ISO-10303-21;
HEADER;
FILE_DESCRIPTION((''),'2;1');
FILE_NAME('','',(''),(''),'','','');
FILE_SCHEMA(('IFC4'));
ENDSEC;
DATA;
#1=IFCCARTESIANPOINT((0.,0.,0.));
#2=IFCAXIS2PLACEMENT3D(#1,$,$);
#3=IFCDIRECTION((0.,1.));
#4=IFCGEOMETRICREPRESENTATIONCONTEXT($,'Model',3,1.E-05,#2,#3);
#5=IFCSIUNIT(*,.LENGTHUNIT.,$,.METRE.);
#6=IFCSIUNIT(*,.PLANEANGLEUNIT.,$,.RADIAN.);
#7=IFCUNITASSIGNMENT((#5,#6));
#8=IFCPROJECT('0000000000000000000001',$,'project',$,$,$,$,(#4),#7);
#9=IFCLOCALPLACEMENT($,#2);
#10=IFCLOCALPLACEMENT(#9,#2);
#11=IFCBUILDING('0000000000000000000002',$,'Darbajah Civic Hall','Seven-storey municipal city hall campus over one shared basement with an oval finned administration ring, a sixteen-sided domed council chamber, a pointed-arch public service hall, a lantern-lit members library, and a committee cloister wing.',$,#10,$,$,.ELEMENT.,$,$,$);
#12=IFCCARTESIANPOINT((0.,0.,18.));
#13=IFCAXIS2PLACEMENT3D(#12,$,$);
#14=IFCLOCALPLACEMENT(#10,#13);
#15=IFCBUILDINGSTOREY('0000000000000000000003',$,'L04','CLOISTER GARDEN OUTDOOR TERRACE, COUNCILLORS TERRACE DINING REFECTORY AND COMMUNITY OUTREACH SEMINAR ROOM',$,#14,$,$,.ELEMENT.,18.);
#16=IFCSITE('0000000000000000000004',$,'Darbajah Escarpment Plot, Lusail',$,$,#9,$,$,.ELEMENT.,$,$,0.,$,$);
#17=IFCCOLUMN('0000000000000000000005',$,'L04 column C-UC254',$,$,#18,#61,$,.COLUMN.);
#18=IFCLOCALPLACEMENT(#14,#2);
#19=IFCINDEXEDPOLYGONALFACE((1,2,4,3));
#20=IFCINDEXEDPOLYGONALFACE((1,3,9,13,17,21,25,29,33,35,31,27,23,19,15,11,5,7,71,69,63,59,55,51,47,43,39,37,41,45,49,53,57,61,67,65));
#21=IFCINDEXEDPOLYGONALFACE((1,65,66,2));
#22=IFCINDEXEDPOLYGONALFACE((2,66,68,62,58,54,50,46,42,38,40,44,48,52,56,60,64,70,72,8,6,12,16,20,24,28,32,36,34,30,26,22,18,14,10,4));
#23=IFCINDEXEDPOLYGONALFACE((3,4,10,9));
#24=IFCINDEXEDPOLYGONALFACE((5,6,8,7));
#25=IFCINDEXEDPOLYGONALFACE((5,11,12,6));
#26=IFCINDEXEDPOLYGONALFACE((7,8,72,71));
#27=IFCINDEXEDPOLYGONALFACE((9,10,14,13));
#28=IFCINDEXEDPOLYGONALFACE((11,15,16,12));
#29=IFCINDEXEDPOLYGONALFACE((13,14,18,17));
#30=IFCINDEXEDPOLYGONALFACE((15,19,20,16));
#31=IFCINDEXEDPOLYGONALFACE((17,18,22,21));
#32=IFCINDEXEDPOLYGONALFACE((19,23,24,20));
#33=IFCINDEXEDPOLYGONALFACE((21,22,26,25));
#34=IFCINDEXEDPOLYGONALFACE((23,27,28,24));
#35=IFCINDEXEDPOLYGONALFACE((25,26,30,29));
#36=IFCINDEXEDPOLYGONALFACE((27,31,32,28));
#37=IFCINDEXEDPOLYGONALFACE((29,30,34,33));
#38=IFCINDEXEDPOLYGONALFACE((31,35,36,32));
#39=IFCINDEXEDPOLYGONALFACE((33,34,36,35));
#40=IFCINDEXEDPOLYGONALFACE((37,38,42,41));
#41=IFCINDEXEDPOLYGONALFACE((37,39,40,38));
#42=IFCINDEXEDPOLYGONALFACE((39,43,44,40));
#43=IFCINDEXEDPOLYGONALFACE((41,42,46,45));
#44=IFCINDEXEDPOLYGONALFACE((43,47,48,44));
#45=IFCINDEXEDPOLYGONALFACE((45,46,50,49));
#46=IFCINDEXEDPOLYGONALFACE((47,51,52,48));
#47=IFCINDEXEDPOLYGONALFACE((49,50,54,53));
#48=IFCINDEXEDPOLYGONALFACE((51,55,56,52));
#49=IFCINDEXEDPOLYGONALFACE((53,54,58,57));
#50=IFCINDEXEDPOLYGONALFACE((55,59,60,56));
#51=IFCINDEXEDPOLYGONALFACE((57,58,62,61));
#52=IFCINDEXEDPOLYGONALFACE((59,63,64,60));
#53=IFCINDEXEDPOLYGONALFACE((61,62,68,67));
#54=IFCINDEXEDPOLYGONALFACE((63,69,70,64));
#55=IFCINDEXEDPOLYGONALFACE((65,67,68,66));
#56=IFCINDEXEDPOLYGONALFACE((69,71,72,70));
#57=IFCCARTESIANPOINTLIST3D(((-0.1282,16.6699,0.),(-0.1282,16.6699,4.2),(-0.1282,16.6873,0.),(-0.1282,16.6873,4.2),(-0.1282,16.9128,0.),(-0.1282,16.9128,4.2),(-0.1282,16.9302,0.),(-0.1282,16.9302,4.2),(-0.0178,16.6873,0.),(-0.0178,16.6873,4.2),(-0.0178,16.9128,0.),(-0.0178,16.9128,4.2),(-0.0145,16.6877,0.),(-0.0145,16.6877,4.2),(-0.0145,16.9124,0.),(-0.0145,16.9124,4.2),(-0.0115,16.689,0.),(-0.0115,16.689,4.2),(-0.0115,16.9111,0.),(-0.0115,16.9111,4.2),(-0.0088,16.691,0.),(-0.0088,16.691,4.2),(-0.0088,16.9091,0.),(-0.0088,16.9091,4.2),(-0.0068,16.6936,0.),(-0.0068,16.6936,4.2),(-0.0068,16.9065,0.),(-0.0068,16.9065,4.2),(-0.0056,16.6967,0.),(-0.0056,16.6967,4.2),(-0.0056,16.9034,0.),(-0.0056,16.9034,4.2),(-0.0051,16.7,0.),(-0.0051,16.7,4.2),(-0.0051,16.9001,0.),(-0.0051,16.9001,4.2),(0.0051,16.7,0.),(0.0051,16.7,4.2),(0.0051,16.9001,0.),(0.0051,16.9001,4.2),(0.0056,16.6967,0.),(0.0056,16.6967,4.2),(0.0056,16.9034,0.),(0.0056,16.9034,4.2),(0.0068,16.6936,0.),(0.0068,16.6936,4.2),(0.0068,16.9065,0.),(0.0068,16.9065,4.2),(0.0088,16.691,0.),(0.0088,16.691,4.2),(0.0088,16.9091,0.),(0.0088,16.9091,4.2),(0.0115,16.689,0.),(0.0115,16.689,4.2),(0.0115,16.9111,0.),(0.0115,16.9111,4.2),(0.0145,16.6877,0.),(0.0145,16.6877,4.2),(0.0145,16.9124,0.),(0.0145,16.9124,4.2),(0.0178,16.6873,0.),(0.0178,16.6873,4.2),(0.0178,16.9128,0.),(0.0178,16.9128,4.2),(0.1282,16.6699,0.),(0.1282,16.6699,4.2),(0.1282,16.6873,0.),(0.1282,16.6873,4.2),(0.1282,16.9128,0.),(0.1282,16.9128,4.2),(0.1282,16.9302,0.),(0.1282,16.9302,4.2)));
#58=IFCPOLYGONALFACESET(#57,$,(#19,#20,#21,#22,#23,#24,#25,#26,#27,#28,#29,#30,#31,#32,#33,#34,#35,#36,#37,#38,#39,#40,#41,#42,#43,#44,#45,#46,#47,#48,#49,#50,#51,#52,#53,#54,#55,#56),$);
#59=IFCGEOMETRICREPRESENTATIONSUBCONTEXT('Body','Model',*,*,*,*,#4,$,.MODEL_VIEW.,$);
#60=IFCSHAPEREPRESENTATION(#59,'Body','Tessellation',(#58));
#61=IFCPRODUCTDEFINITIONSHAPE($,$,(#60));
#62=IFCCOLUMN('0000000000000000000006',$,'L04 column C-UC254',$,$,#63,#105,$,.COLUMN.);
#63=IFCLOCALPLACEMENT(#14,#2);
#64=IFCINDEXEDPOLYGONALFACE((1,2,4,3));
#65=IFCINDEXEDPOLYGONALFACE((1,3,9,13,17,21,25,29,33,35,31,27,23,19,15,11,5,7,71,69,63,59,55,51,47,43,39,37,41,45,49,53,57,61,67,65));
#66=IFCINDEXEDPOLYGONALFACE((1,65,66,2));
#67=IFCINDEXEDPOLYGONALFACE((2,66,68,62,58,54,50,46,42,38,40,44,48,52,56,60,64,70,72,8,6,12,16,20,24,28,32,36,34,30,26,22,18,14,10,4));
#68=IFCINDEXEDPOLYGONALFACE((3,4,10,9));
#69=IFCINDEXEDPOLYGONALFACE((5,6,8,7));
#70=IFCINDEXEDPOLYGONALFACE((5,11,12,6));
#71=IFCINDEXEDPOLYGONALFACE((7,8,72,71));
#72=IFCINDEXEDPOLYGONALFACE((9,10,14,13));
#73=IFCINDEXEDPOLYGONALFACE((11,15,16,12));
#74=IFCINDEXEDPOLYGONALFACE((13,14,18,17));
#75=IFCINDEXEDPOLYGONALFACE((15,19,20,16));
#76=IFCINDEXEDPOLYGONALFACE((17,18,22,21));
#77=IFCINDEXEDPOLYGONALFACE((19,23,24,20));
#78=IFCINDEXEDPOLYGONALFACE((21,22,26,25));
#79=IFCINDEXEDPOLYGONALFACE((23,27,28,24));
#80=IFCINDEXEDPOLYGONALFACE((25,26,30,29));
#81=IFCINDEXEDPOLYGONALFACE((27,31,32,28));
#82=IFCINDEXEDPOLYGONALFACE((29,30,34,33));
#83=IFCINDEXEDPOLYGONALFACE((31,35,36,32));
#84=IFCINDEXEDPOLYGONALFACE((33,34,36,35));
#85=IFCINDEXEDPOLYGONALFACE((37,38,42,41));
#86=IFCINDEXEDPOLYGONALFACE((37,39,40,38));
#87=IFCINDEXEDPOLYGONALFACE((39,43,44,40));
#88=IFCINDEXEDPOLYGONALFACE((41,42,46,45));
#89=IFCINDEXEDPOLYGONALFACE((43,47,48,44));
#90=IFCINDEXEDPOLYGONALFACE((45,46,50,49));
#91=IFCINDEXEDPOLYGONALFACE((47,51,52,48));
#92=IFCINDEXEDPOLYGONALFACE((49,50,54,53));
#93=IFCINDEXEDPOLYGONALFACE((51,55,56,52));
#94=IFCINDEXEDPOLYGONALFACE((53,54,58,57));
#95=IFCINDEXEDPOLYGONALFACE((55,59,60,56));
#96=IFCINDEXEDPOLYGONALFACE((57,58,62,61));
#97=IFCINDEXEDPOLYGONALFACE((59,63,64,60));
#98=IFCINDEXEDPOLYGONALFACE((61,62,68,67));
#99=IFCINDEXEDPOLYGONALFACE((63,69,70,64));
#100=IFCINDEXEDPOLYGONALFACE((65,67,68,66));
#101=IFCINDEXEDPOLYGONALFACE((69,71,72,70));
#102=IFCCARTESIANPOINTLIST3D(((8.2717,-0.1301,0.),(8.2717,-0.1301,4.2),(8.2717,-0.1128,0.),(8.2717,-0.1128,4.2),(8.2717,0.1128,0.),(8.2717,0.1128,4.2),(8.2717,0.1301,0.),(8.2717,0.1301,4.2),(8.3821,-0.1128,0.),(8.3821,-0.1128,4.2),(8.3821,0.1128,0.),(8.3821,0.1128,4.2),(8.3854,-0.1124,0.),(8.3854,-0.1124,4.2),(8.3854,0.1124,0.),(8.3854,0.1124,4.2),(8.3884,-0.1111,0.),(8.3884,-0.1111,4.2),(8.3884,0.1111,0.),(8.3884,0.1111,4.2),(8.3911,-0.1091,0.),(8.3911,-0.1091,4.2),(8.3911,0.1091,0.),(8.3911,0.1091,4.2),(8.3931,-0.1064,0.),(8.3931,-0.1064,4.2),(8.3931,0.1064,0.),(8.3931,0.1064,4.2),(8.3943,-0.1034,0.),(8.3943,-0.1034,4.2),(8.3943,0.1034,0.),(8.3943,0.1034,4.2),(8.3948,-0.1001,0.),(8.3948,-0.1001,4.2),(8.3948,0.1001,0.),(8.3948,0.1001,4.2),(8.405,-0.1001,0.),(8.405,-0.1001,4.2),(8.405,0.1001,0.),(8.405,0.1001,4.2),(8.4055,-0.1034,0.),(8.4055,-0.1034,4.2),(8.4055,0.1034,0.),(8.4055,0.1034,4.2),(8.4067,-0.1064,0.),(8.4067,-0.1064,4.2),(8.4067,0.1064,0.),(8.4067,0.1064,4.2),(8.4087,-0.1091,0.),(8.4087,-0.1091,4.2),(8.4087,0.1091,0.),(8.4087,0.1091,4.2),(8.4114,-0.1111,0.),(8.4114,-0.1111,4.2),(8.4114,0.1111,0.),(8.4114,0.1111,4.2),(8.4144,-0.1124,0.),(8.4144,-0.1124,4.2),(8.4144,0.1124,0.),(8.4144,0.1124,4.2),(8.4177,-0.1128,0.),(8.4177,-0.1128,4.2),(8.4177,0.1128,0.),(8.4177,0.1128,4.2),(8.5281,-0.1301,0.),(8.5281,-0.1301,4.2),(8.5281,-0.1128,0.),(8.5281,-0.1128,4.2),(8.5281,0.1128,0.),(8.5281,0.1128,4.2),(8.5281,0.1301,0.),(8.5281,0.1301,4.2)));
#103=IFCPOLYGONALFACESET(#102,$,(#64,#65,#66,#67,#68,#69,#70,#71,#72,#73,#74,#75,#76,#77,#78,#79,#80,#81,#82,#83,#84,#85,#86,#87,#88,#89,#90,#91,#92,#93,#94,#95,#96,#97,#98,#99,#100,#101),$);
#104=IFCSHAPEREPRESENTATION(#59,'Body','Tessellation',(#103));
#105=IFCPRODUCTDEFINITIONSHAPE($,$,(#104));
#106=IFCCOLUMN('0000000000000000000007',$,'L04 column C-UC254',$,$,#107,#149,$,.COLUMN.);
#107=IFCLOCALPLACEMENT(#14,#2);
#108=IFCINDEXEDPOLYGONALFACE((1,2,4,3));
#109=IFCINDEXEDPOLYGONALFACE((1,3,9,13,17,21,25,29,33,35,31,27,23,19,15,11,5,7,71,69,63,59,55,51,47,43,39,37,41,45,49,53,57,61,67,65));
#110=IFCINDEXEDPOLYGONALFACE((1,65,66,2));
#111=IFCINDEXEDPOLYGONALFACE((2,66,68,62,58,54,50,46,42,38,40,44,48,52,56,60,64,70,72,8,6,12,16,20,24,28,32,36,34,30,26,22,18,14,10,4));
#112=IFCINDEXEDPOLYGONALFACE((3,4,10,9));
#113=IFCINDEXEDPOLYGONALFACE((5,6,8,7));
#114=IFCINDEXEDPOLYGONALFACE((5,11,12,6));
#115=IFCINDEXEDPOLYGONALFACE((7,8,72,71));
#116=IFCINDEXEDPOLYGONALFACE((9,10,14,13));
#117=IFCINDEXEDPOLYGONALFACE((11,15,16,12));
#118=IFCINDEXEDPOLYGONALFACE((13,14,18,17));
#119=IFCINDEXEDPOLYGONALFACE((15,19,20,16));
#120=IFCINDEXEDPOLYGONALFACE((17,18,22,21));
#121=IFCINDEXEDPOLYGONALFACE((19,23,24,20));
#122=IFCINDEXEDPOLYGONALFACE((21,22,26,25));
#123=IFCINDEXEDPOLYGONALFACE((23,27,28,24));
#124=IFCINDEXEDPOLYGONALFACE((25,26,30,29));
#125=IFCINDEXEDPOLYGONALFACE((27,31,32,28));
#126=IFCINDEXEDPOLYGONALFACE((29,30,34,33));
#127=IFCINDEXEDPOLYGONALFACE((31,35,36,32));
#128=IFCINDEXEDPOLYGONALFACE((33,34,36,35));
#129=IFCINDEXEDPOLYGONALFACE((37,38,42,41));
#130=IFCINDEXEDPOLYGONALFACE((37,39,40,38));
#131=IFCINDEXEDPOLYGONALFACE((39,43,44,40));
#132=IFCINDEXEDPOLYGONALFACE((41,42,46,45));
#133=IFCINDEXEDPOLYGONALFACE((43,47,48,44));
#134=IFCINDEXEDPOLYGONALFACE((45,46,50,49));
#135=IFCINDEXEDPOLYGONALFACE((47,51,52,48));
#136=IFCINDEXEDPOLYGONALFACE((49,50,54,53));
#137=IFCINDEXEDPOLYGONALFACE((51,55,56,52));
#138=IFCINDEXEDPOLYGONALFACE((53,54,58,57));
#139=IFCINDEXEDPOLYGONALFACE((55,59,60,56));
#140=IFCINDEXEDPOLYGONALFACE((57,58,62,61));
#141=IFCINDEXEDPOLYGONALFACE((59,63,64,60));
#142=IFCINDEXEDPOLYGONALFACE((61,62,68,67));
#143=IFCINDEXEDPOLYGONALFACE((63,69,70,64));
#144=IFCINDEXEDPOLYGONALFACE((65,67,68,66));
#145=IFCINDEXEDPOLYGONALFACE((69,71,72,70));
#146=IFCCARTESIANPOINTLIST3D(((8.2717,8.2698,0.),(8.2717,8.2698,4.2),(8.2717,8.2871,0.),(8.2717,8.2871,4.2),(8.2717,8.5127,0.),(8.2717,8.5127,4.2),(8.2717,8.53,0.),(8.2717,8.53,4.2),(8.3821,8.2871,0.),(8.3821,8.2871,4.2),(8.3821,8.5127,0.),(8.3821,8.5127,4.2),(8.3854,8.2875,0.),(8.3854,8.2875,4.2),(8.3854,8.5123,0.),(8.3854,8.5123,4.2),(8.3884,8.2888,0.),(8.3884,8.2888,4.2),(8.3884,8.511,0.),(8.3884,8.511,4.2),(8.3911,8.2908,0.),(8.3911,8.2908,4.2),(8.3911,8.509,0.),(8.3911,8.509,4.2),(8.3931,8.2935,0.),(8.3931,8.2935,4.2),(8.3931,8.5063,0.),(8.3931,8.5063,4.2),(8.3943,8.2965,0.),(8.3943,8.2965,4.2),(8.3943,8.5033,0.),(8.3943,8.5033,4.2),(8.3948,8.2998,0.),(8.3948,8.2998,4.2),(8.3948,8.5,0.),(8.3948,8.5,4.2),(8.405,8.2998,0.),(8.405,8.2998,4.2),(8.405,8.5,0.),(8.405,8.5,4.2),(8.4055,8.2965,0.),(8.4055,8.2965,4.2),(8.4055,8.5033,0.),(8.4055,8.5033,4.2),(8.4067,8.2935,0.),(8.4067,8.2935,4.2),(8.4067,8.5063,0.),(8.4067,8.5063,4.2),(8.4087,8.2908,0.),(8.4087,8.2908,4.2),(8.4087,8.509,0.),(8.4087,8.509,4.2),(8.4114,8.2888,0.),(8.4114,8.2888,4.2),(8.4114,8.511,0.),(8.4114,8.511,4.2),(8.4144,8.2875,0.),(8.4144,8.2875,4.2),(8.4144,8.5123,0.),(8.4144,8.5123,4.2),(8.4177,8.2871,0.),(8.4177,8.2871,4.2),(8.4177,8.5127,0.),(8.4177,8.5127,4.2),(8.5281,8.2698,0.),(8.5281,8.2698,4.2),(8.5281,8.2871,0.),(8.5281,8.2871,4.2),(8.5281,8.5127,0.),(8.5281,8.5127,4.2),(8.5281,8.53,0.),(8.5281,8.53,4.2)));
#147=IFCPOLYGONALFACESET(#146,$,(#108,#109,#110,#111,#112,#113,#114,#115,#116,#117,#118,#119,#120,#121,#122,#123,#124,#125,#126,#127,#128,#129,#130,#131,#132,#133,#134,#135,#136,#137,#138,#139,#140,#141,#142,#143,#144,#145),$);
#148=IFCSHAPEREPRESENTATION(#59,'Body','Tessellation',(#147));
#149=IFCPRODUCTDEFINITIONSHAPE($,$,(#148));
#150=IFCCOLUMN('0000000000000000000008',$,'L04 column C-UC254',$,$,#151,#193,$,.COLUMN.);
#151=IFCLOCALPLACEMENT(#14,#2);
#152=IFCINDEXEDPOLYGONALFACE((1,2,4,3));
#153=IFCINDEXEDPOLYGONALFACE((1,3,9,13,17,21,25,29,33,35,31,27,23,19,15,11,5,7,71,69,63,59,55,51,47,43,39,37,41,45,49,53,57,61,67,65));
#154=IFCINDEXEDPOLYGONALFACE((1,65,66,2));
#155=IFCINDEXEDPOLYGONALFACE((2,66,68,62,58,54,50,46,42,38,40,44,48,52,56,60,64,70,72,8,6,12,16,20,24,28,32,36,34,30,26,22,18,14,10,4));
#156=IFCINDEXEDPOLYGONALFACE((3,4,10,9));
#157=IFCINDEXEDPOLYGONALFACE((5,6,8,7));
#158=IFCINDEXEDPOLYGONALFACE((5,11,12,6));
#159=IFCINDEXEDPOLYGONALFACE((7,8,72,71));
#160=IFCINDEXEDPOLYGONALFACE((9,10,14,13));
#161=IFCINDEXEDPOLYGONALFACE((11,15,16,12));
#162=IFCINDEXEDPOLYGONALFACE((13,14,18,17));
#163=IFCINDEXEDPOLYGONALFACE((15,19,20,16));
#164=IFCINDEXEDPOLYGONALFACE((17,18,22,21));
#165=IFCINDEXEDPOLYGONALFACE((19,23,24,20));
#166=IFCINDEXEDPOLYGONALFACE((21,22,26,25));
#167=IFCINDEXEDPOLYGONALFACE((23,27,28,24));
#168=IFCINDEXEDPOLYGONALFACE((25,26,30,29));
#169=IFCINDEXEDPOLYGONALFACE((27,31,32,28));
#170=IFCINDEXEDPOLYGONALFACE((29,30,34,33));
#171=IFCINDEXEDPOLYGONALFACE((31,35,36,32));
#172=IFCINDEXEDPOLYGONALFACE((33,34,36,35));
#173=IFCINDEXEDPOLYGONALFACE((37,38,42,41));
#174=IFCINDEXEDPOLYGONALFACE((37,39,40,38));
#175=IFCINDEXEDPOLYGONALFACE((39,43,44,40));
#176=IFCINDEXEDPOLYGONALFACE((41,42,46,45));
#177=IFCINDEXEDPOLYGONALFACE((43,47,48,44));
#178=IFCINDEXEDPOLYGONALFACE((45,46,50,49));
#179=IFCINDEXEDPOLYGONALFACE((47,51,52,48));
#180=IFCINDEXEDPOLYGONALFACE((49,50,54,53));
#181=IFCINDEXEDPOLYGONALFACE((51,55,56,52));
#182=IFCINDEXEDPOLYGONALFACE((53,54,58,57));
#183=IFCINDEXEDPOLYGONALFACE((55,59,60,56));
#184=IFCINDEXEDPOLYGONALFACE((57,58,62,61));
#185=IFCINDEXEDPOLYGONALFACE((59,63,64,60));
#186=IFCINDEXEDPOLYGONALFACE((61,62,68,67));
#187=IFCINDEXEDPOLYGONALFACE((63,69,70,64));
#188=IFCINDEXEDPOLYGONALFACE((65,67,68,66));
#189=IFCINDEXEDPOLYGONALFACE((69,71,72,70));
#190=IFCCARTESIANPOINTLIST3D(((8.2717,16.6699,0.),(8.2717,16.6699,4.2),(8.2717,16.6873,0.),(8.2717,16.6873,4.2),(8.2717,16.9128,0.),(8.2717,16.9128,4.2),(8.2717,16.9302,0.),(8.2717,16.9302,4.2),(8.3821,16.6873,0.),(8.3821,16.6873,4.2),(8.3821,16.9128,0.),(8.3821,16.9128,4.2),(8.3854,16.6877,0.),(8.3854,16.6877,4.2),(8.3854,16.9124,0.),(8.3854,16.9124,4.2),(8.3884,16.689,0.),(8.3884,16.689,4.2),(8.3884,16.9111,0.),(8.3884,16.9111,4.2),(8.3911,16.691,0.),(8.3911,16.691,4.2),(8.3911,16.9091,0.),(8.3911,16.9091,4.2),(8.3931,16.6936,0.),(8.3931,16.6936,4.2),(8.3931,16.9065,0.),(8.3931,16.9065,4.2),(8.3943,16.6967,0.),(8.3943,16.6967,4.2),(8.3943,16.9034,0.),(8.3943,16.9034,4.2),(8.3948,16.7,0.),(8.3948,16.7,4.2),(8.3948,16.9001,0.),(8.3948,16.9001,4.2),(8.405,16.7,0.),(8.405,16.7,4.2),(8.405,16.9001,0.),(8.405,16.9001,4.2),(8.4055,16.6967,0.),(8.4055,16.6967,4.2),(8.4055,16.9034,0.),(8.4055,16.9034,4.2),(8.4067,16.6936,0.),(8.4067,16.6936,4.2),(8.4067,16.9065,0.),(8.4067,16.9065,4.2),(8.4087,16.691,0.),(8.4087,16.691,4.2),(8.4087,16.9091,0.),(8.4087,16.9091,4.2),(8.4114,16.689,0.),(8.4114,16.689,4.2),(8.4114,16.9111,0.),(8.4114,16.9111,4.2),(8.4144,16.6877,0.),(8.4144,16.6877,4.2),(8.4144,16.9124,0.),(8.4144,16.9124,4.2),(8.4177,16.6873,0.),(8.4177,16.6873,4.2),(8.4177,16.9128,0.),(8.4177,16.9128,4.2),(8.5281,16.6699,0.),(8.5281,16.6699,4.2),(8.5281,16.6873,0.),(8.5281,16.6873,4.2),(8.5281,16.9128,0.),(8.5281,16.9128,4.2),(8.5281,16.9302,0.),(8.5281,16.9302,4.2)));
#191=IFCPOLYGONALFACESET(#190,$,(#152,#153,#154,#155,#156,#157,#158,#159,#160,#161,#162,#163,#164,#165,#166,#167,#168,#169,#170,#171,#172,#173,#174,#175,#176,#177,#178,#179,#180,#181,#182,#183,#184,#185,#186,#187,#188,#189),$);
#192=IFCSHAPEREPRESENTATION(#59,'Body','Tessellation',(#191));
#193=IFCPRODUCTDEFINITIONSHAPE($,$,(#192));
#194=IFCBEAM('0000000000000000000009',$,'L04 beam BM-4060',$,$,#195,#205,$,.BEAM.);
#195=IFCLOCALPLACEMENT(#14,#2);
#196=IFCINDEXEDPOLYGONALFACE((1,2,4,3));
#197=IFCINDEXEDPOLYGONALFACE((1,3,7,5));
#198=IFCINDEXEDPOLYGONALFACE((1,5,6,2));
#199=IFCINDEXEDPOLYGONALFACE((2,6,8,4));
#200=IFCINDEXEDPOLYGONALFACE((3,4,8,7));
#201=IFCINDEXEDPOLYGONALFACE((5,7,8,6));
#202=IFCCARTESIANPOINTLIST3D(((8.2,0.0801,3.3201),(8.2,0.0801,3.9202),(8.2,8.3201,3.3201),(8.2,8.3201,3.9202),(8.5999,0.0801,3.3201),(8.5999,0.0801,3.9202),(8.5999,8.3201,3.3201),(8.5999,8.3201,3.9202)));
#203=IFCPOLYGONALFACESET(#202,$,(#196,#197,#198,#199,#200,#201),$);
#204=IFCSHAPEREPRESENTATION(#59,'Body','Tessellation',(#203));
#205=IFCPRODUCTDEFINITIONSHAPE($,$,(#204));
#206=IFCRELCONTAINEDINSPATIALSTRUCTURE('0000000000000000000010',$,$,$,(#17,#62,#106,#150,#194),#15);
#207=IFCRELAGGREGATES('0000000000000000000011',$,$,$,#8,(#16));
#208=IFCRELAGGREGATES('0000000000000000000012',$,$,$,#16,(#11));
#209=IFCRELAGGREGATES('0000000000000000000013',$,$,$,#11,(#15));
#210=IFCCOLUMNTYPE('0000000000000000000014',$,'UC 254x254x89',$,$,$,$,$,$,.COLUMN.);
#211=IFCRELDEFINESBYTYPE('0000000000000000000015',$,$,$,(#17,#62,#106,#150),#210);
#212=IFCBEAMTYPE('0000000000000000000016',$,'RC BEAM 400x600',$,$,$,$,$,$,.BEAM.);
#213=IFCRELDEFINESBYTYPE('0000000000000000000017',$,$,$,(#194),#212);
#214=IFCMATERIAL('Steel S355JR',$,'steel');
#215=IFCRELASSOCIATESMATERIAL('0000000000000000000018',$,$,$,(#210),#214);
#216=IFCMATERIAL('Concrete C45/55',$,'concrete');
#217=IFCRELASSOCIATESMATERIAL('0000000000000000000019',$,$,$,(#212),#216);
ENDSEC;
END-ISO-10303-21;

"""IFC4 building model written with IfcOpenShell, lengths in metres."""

from ifc_helpers import new_model, si_unit, direction, frame, origin, origin_2d, place, context, subcontext, project, spatial, rectangle, i_section, extrude, material, material_profile, profile_set, type_object, element, save


model = new_model("IFC4")

# Units and contexts
model_context = context("Model", 3, precision=1e-05, world=origin(), true_north=direction((0.0, 1.0)))
body_context = subcontext(model_context, "Body", "Model", "MODEL_VIEW")
ifc_project = project(units=[si_unit("LENGTHUNIT", "METRE"), si_unit("PLANEANGLEUNIT", "RADIAN")], contexts=[model_context])

# Site, building, storey
site_placement = place(None, origin())
site = spatial("IfcSite", under=ifc_project, at=site_placement, Name="Darbajah Escarpment Plot, Lusail", CompositionType="ELEMENT", RefElevation=0.0)
building_placement = place(site_placement, origin())
building = spatial("IfcBuilding", under=site, at=building_placement, Name="Darbajah Civic Hall", Description="Seven-storey municipal city hall campus over one shared basement with an oval finned administration ring, a sixteen-sided domed council chamber, a pointed-arch public service hall, a lantern-lit members library, and a committee cloister wing.", CompositionType="ELEMENT")
storey_placement = place(building_placement, frame((0.0, 0.0, 18.0)))
storey = spatial("IfcBuildingStorey", under=building, at=storey_placement, Name="L04", Description="CLOISTER GARDEN OUTDOOR TERRACE, COUNCILLORS TERRACE DINING REFECTORY AND COMMUNITY OUTREACH SEMINAR ROOM", CompositionType="ELEMENT", Elevation=18.0)

# Columns
ifc_material_1 = material(Name="Steel S355JR", Category="steel")
ifc_material_profile_1 = material_profile(ifc_material_1, i_section(OverallWidth=0.2563, OverallDepth=0.2603, WebThickness=0.0103, FlangeThickness=0.0173, FilletRadius=0.0127, at=origin_2d()), Name="UC 254x254x89")
ifc_profile_set_1 = profile_set([ifc_material_profile_1], Name="Steel S355JR")
column_type = type_object("IfcColumnType", Name="UC 254x254x89", PredefinedType="COLUMN", material=ifc_profile_set_1)
for number, where, z_axis, x_axis, name in (
    (1, (0.0, 16.8, 0.0), (0.0, 0.0, 1.0), (1.0, 0.0, 0.0), "L04 column C-UC254"),
    (2, (8.3999, 0.0, 0.0), (0.0, 0.0, 1.0), (1.0, 0.0, 0.0), "L04 column C-UC254"),
    (3, (8.3999, 8.3999, 0.0), (0.0, 0.0, 1.0), (1.0, 0.0, 0.0), "L04 column C-UC254"),
    (4, (8.3999, 16.8, 0.0), (0.0, 0.0, 1.0), (1.0, 0.0, 0.0), "L04 column C-UC254"),
):
    element("IfcColumn", number, at=place(storey_placement, frame(where, z_axis=z_axis, x_axis=x_axis)), inside=storey, type_object=column_type, Name=name, PredefinedType="COLUMN", context=body_context, shape_type="SweptSolid", body=[
        extrude(i_section(OverallWidth=0.2563, OverallDepth=0.2603, WebThickness=0.0103, FlangeThickness=0.0173, FilletRadius=0.0127, at=origin_2d()), origin(), (0.0, 0.0, 1.0), 4.2),
    ])

# Beam
ifc_material_2 = material(Name="Concrete C45/55", Category="concrete")
ifc_material_profile_2 = material_profile(ifc_material_2, rectangle(XDim=0.3999, YDim=0.6001, at=origin_2d()), Name="RC BEAM 400x600")
ifc_profile_set_2 = profile_set([ifc_material_profile_2], Name="Concrete C45/55")
beam_type_1 = type_object("IfcBeamType", Name="RC BEAM 400x600", PredefinedType="BEAM", material=ifc_profile_set_2)
for number, where, z_axis, x_axis, name in (
    (5, (8.3999, 0.0801, 3.6201), (0.0, 1.0, 0.0), (-1.0, 0.0, 0.0), "L04 beam BM-4060"),
):
    element("IfcBeam", number, at=place(storey_placement, frame(where, z_axis=z_axis, x_axis=x_axis)), inside=storey, type_object=beam_type_1, Name=name, PredefinedType="BEAM", context=body_context, shape_type="SweptSolid", body=[
        extrude(rectangle(XDim=0.3999, YDim=0.6001, at=origin_2d()), origin(), (0.0, 0.0, 1.0), 8.24),
    ])

save(model, "model.ifc")
